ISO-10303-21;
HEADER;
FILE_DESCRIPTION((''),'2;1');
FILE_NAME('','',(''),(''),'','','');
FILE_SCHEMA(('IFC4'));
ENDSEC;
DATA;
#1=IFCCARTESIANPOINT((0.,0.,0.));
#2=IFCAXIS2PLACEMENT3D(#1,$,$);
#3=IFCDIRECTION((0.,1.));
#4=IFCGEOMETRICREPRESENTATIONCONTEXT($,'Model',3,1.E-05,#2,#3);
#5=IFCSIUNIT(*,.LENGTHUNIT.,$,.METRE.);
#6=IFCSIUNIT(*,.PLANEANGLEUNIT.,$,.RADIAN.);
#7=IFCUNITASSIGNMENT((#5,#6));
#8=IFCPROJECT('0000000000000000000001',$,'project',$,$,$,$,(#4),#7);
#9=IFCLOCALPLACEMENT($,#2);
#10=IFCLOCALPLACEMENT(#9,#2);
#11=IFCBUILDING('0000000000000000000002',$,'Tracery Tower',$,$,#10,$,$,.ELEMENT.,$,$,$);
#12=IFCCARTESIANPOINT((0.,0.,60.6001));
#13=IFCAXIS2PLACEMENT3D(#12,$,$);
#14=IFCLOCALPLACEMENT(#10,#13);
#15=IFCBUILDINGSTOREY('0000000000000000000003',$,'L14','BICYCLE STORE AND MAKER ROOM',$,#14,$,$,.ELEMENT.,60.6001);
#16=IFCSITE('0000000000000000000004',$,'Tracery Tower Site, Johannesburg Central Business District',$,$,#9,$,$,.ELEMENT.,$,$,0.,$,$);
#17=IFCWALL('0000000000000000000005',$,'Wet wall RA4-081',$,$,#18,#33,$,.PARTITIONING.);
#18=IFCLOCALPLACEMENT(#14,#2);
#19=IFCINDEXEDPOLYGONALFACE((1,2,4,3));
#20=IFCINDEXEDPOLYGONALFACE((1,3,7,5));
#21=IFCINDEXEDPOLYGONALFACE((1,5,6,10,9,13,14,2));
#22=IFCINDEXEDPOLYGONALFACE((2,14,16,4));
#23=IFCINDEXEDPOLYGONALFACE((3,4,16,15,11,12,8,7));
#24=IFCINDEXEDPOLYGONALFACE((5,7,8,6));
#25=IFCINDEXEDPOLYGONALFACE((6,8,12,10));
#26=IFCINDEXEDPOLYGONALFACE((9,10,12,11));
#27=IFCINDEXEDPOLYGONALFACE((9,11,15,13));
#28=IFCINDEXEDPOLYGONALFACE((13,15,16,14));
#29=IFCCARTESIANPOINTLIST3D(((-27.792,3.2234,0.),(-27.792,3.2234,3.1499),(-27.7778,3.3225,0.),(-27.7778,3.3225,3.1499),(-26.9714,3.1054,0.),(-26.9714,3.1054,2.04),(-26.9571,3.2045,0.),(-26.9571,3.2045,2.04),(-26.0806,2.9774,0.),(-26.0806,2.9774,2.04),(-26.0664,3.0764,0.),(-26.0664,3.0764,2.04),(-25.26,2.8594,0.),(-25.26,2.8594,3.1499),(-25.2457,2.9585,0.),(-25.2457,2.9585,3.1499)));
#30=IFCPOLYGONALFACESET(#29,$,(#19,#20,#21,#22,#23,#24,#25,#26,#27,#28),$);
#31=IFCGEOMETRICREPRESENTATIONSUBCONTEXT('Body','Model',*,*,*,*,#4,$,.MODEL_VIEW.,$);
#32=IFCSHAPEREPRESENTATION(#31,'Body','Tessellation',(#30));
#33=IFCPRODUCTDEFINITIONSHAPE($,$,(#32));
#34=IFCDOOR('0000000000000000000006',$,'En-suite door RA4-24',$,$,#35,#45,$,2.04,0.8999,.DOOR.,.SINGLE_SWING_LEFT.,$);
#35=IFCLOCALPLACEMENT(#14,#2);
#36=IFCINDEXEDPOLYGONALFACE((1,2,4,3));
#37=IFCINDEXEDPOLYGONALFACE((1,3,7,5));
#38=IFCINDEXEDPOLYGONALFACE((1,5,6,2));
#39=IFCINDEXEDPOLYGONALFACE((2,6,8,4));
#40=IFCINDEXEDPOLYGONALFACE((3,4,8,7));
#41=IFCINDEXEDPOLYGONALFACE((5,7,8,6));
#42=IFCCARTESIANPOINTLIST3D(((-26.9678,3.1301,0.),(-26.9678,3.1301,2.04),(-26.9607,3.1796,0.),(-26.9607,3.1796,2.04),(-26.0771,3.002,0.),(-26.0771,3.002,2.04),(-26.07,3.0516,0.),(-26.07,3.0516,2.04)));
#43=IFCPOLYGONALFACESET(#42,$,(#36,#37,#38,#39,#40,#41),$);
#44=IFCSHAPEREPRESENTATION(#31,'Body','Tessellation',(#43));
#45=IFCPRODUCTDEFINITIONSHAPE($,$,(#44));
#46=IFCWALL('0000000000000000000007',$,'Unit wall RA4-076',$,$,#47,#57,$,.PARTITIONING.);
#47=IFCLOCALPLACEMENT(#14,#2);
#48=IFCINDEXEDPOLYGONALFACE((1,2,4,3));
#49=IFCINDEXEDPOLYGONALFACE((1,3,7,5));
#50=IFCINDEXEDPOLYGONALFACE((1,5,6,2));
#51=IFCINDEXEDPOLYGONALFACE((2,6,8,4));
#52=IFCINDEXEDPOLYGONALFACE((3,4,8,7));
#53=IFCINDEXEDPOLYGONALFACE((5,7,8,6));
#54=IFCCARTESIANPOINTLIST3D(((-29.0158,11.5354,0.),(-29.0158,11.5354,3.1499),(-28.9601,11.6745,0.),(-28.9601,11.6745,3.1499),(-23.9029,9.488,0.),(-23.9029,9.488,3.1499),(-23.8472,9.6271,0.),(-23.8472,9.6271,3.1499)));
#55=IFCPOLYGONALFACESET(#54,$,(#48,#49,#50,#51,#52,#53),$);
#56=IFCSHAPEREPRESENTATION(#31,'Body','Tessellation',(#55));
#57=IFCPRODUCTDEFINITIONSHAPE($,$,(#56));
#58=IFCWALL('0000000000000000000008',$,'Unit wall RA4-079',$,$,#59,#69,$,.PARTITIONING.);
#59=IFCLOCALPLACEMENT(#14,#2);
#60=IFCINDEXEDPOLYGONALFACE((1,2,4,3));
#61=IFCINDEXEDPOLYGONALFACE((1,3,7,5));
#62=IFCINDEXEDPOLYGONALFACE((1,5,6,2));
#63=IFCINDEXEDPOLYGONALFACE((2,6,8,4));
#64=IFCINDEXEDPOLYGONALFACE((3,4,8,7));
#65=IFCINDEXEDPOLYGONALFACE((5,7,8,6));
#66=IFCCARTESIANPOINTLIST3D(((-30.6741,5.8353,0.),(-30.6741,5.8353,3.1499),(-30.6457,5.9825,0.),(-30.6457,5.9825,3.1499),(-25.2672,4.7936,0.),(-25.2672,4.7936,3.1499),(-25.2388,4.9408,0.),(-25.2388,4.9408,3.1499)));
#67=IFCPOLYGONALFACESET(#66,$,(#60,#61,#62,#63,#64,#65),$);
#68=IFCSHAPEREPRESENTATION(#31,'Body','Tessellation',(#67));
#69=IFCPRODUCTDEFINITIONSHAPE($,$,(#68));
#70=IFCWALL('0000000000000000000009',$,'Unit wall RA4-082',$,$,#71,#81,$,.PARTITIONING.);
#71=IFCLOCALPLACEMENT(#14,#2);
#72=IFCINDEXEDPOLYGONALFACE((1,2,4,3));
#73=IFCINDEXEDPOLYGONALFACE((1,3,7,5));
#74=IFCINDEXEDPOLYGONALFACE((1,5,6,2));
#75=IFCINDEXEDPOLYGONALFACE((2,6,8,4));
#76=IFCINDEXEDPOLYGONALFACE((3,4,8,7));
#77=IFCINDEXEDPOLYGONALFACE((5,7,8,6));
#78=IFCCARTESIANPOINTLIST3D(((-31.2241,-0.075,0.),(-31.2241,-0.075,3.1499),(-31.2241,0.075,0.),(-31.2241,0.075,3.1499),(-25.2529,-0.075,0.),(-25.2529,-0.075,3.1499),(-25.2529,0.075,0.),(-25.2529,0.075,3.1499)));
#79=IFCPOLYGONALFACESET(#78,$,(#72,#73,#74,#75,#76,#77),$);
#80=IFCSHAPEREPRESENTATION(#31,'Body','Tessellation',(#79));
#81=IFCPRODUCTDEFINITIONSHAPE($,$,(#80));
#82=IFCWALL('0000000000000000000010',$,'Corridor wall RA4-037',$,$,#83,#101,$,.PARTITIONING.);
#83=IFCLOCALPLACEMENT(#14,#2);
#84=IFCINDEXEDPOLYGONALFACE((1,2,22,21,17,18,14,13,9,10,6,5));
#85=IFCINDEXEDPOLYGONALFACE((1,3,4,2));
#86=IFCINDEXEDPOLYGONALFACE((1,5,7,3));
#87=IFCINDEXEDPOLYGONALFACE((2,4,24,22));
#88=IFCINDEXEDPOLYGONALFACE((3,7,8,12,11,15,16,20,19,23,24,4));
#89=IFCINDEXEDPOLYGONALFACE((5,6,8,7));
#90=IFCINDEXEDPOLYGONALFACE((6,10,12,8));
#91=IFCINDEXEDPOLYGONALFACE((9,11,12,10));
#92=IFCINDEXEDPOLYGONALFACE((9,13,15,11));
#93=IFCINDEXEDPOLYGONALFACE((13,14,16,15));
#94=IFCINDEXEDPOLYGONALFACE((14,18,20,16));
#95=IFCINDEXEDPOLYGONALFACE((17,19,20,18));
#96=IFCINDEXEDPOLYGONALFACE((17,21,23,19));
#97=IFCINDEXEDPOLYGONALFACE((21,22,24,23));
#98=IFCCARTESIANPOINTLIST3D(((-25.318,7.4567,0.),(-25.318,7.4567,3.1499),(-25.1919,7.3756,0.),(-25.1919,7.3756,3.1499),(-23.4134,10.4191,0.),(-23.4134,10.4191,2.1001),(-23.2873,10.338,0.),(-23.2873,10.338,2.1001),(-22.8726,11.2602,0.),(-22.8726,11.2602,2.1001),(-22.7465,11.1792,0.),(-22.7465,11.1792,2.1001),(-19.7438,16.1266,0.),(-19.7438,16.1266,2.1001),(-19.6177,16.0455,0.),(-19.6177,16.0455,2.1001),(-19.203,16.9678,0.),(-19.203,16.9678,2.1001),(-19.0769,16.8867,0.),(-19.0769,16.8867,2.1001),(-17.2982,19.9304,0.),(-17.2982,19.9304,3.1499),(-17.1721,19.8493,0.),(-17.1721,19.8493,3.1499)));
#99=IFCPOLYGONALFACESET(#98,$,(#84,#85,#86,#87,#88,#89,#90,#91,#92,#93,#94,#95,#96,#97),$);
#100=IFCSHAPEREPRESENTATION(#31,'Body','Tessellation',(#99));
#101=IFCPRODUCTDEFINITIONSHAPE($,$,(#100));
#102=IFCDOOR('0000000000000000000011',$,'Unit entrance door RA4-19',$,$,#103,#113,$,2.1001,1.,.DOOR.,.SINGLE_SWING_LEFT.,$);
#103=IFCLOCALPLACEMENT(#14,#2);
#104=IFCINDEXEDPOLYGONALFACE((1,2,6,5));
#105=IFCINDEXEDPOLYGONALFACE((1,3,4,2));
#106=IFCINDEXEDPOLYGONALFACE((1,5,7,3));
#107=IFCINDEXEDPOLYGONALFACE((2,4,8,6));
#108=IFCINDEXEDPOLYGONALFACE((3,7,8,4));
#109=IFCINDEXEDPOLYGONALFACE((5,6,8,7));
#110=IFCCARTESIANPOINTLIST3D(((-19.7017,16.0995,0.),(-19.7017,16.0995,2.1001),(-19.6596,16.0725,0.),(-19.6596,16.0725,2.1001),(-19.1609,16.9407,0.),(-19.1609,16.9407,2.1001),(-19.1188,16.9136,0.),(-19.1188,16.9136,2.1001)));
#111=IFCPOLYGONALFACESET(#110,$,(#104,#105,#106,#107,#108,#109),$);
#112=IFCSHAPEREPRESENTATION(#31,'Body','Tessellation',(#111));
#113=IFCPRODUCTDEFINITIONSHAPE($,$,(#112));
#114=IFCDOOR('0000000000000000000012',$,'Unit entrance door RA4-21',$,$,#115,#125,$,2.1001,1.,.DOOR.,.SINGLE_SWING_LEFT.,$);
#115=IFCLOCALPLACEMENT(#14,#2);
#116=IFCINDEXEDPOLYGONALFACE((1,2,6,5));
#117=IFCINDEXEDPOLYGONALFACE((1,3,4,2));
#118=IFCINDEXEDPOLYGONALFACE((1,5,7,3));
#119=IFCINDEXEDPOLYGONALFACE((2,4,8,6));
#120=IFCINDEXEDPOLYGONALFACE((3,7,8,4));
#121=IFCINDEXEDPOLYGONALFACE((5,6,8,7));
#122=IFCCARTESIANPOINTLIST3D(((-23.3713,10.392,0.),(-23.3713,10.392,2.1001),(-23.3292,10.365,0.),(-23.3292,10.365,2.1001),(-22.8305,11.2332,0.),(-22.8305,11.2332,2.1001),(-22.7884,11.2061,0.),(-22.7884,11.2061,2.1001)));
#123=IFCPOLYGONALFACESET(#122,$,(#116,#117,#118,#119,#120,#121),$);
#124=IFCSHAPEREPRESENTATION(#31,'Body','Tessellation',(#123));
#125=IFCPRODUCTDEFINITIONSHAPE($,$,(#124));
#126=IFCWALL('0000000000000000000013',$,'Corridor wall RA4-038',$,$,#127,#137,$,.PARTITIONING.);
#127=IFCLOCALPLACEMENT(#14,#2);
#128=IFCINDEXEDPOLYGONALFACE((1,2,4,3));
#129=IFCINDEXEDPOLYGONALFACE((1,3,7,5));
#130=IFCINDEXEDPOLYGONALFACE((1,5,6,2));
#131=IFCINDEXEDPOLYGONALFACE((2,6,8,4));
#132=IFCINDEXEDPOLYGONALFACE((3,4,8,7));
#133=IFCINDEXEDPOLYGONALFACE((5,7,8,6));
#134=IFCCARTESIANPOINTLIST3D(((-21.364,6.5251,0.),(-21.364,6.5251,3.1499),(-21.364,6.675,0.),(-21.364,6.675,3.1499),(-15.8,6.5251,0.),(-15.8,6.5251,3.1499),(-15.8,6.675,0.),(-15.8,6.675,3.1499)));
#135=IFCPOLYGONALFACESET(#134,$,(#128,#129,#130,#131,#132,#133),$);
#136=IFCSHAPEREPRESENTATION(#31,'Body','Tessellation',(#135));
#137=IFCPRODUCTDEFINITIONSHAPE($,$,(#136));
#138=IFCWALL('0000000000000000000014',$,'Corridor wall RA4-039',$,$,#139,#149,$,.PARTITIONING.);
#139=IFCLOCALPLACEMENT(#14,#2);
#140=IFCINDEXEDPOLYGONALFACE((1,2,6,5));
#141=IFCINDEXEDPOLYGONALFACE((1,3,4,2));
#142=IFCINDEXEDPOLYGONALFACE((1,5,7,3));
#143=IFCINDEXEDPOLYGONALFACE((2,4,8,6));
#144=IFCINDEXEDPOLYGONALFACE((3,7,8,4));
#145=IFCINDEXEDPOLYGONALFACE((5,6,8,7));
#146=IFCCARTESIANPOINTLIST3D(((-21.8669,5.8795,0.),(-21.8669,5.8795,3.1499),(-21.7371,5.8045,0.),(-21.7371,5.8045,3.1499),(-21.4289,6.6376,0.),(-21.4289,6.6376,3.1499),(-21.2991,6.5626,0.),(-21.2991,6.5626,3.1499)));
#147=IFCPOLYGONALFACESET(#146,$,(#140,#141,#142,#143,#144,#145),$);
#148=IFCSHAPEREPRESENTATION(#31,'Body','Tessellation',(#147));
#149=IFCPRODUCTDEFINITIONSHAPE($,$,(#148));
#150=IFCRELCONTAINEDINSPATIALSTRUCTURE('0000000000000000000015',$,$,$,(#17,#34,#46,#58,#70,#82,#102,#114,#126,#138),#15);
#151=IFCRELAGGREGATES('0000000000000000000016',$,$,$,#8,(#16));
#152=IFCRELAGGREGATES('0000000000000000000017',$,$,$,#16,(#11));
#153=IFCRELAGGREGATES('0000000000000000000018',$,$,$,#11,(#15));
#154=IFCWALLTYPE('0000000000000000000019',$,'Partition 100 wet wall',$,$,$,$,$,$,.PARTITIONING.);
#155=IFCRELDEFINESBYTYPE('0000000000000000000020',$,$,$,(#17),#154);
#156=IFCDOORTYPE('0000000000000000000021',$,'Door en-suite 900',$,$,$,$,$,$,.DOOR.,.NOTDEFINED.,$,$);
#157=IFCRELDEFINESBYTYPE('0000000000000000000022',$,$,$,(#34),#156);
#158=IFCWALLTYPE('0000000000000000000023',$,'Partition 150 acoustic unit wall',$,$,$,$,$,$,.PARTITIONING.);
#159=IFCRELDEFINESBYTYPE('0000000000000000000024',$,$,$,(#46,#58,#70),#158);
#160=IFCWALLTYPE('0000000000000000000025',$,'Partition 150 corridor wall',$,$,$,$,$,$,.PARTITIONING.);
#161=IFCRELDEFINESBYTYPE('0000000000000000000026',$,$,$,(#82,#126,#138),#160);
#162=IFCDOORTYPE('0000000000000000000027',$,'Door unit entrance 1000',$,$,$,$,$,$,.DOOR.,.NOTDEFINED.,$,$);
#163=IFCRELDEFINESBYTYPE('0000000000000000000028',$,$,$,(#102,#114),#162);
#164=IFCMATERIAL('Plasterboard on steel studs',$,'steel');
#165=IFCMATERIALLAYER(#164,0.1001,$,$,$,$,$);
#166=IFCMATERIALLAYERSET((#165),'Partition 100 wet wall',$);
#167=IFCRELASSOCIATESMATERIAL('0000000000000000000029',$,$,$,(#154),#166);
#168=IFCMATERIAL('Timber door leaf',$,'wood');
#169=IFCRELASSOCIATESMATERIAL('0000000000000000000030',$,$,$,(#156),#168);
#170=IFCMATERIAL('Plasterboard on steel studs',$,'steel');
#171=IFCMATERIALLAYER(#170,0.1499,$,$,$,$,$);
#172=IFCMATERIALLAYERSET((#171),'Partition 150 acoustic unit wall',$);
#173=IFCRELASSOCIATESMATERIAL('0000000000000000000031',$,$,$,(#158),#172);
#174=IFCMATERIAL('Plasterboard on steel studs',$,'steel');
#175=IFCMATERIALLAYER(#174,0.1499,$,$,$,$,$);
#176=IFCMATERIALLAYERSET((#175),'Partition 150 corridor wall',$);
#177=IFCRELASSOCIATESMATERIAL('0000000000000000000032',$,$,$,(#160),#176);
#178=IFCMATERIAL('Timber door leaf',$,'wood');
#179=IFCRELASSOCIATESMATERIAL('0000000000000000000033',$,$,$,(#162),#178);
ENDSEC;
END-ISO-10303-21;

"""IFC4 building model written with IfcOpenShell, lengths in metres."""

from ifc_helpers import new_model, si_unit, direction, frame, frame_2d, origin, place, context, subcontext, project, spatial, rectangle, extrude, material, layer, layer_set, type_object, element, fill, save


model = new_model("IFC4")

# Units and contexts
model_context = context("Model", 3, precision=1e-05, world=origin(), true_north=direction((0.0, 1.0)))
body_context = subcontext(model_context, "Body", "Model", "MODEL_VIEW")
ifc_project = project(units=[si_unit("LENGTHUNIT", "METRE"), si_unit("PLANEANGLEUNIT", "RADIAN")], contexts=[model_context])

# Site, building, storey
site_placement = place(None, origin())
site = spatial("IfcSite", under=ifc_project, at=site_placement, Name="Tracery Tower Site, Johannesburg Central Business District", CompositionType="ELEMENT", RefElevation=0.0)
building_placement = place(site_placement, origin())
building = spatial("IfcBuilding", under=site, at=building_placement, Name="Tracery Tower", CompositionType="ELEMENT")
storey_placement = place(building_placement, frame((0.0, 0.0, 60.6001)))
storey = spatial("IfcBuildingStorey", under=building, at=storey_placement, Name="L14", Description="BICYCLE STORE AND MAKER ROOM", CompositionType="ELEMENT", Elevation=60.6001)

# Shared definitions
ifc_material_1 = material(Name="Plasterboard on steel studs", Category="steel")
ifc_layer_1 = layer(ifc_material_1, 0.1001)
ifc_layer_set_1 = layer_set([ifc_layer_1], Name="Partition 100 wet wall")
wall_type_1 = type_object("IfcWallType", Name="Partition 100 wet wall", PredefinedType="PARTITIONING", material=ifc_layer_set_1)

# Shared definitions
ifc_material_2 = material(Name="Timber door leaf", Category="wood")
door_type_1 = type_object("IfcDoorType", Name="Door en-suite 900", OperationType="NOTDEFINED", PredefinedType="DOOR", material=ifc_material_2)

# Wall, opening, door
wall_1_placement = place(storey_placement, frame((-27.7849, 3.2729, 0.0), z_axis=(0.0, 0.0, 1.0), x_axis=(0.989823, -0.142303, 0.0)))
wall_1 = element("IfcWall", 1, at=wall_1_placement, inside=storey, type_object=wall_type_1, Name="Wet wall RA4-081", PredefinedType="PARTITIONING", context=body_context, shape_type="SweptSolid", body=[
    extrude(rectangle(XDim=2.5581, YDim=0.1001, at=frame_2d((1.2791, 0.0))), origin(), (0.0, 0.0, 1.0), 3.1499),
])
opening_1_placement = place(wall_1_placement, frame((0.8291, 0.0, 0.0)))
opening_1 = element("IfcOpeningElement", 2, at=opening_1_placement, cuts=wall_1, PredefinedType="OPENING", context=body_context, shape_type="SweptSolid", body=[
    extrude(rectangle(XDim=0.8999, YDim=2.04, at=frame_2d((0.45, 1.02))), frame((0.0, 0.05, 0.0), z_axis=(0.0, -1.0, 0.0), x_axis=(1.0, 0.0, 0.0)), (0.0, 0.0, 1.0), 0.1001),
])
door_1_placement = place(opening_1_placement, origin())
door_1 = element("IfcDoor", 3, at=door_1_placement, inside=storey, type_object=door_type_1, Name="En-suite door RA4-24", OperationType="SINGLE_SWING_LEFT", OverallHeight=2.04, OverallWidth=0.8999, PredefinedType="DOOR", context=body_context, shape_type="SweptSolid", body=[
    extrude(rectangle(XDim=0.8999, YDim=2.04, at=frame_2d((0.45, 1.02))), frame((0.0, 0.0249, 0.0), z_axis=(0.0, -1.0, 0.0), x_axis=(1.0, 0.0, 0.0)), (0.0, 0.0, 1.0), 0.05),
])
fill(opening_1, door_1)

# Walls
ifc_material_3 = material(Name="Plasterboard on steel studs", Category="steel")
ifc_layer_2 = layer(ifc_material_3, 0.1499)
ifc_layer_set_2 = layer_set([ifc_layer_2], Name="Partition 150 acoustic unit wall")
wall_type_2 = type_object("IfcWallType", Name="Partition 150 acoustic unit wall", PredefinedType="PARTITIONING", material=ifc_layer_set_2)
wall_2_placement = place(storey_placement, frame((-28.988, 11.605, 0.0), z_axis=(0.0, 0.0, 1.0), x_axis=(0.928336, -0.371742, 0.0)))
element("IfcWall", 4, at=wall_2_placement, inside=storey, type_object=wall_type_2, Name="Unit wall RA4-076", PredefinedType="PARTITIONING", context=body_context, shape_type="SweptSolid", body=[
    extrude(rectangle(XDim=5.5076, YDim=0.1499, at=frame_2d((2.7539, 0.0))), origin(), (0.0, 0.0, 1.0), 3.1499),
])
wall_3_placement = place(storey_placement, frame((-30.6599, 5.9089, 0.0), z_axis=(0.0, 0.0, 1.0), x_axis=(0.981941, -0.189188, 0.0)))
element("IfcWall", 5, at=wall_3_placement, inside=storey, type_object=wall_type_2, Name="Unit wall RA4-079", PredefinedType="PARTITIONING", context=body_context, shape_type="SweptSolid", body=[
    extrude(rectangle(XDim=5.5063, YDim=0.1499, at=frame_2d((2.7532, 0.0))), origin(), (0.0, 0.0, 1.0), 3.1499),
])
wall_4_placement = place(storey_placement, frame((-31.2241, 0.0, 0.0), z_axis=(0.0, 0.0, 1.0), x_axis=(1.0, 0.0, 0.0)))
element("IfcWall", 6, at=wall_4_placement, inside=storey, type_object=wall_type_2, Name="Unit wall RA4-082", PredefinedType="PARTITIONING", context=body_context, shape_type="SweptSolid", body=[
    extrude(rectangle(XDim=5.9712, YDim=0.1499, at=frame_2d((2.9856, 0.0))), origin(), (0.0, 0.0, 1.0), 3.1499),
])

# Wall, openings, doors
ifc_material_4 = material(Name="Plasterboard on steel studs", Category="steel")
ifc_layer_3 = layer(ifc_material_4, 0.1499)
ifc_layer_set_3 = layer_set([ifc_layer_3], Name="Partition 150 corridor wall")
wall_type_3 = type_object("IfcWallType", Name="Partition 150 corridor wall", PredefinedType="PARTITIONING", material=ifc_layer_set_3)
wall_5_placement = place(storey_placement, frame((-25.2549, 7.4163, 0.0), z_axis=(0.0, 0.0, 1.0), x_axis=(0.540806, 0.841147, 0.0)))
wall_5 = element("IfcWall", 7, at=wall_5_placement, inside=storey, type_object=wall_type_3, Name="Corridor wall RA4-037", PredefinedType="PARTITIONING", context=body_context, shape_type="SweptSolid", body=[
    extrude(rectangle(XDim=14.8293, YDim=0.1499, at=frame_2d((7.4146, 0.0))), origin(), (0.0, 0.0, 1.0), 3.1499),
])
opening_2_placement = place(wall_5_placement, frame((10.3071, 0.0, 0.0)))
opening_2 = element("IfcOpeningElement", 8, at=opening_2_placement, cuts=wall_5, PredefinedType="OPENING", context=body_context, shape_type="SweptSolid", body=[
    extrude(rectangle(XDim=1.0, YDim=2.1001, at=frame_2d((0.5, 1.05))), frame((0.0, 0.075, 0.0), z_axis=(0.0, -1.0, 0.0), x_axis=(1.0, 0.0, 0.0)), (0.0, 0.0, 1.0), 0.1499),
])
opening_3_placement = place(wall_5_placement, frame((3.5217, 0.0, 0.0)))
opening_3 = element("IfcOpeningElement", 9, at=opening_3_placement, cuts=wall_5, PredefinedType="OPENING", context=body_context, shape_type="SweptSolid", body=[
    extrude(rectangle(XDim=1.0, YDim=2.1001, at=frame_2d((0.5, 1.05))), frame((0.0, 0.075, 0.0), z_axis=(0.0, -1.0, 0.0), x_axis=(1.0, 0.0, 0.0)), (0.0, 0.0, 1.0), 0.1499),
])
ifc_material_5 = material(Name="Timber door leaf", Category="wood")
door_type_2 = type_object("IfcDoorType", Name="Door unit entrance 1000", OperationType="NOTDEFINED", PredefinedType="DOOR", material=ifc_material_5)
door_2_placement = place(opening_2_placement, origin())
door_2 = element("IfcDoor", 10, at=door_2_placement, inside=storey, type_object=door_type_2, Name="Unit entrance door RA4-19", OperationType="SINGLE_SWING_LEFT", OverallHeight=2.1001, OverallWidth=1.0, PredefinedType="DOOR", context=body_context, shape_type="SweptSolid", body=[
    extrude(rectangle(XDim=1.0, YDim=2.1001, at=frame_2d((0.5, 1.05))), frame((0.0, 0.0249, 0.0), z_axis=(0.0, -1.0, 0.0), x_axis=(1.0, 0.0, 0.0)), (0.0, 0.0, 1.0), 0.05),
])
fill(opening_2, door_2)
door_3_placement = place(opening_3_placement, origin())
door_3 = element("IfcDoor", 11, at=door_3_placement, inside=storey, type_object=door_type_2, Name="Unit entrance door RA4-21", OperationType="SINGLE_SWING_LEFT", OverallHeight=2.1001, OverallWidth=1.0, PredefinedType="DOOR", context=body_context, shape_type="SweptSolid", body=[
    extrude(rectangle(XDim=1.0, YDim=2.1001, at=frame_2d((0.5, 1.05))), frame((0.0, 0.0249, 0.0), z_axis=(0.0, -1.0, 0.0), x_axis=(1.0, 0.0, 0.0)), (0.0, 0.0, 1.0), 0.05),
])
fill(opening_3, door_3)

# Walls
wall_6_placement = place(storey_placement, frame((-21.364, 6.6001, 0.0), z_axis=(0.0, 0.0, 1.0), x_axis=(1.0, 0.0, 0.0)))
element("IfcWall", 12, at=wall_6_placement, inside=storey, type_object=wall_type_3, Name="Corridor wall RA4-038", PredefinedType="PARTITIONING", context=body_context, shape_type="SweptSolid", body=[
    extrude(rectangle(XDim=5.564, YDim=0.1499, at=frame_2d((2.782, 0.0))), origin(), (0.0, 0.0, 1.0), 3.1499),
])
wall_7_placement = place(storey_placement, frame((-21.802, 5.842, 0.0), z_axis=(0.0, 0.0, 1.0), x_axis=(0.500278, 0.865865, 0.0)))
element("IfcWall", 13, at=wall_7_placement, inside=storey, type_object=wall_type_3, Name="Corridor wall RA4-039", PredefinedType="PARTITIONING", context=body_context, shape_type="SweptSolid", body=[
    extrude(rectangle(XDim=0.8755, YDim=0.1499, at=frame_2d((0.4377, 0.0))), origin(), (0.0, 0.0, 1.0), 3.1499),
])

save(model, "model.ifc")
